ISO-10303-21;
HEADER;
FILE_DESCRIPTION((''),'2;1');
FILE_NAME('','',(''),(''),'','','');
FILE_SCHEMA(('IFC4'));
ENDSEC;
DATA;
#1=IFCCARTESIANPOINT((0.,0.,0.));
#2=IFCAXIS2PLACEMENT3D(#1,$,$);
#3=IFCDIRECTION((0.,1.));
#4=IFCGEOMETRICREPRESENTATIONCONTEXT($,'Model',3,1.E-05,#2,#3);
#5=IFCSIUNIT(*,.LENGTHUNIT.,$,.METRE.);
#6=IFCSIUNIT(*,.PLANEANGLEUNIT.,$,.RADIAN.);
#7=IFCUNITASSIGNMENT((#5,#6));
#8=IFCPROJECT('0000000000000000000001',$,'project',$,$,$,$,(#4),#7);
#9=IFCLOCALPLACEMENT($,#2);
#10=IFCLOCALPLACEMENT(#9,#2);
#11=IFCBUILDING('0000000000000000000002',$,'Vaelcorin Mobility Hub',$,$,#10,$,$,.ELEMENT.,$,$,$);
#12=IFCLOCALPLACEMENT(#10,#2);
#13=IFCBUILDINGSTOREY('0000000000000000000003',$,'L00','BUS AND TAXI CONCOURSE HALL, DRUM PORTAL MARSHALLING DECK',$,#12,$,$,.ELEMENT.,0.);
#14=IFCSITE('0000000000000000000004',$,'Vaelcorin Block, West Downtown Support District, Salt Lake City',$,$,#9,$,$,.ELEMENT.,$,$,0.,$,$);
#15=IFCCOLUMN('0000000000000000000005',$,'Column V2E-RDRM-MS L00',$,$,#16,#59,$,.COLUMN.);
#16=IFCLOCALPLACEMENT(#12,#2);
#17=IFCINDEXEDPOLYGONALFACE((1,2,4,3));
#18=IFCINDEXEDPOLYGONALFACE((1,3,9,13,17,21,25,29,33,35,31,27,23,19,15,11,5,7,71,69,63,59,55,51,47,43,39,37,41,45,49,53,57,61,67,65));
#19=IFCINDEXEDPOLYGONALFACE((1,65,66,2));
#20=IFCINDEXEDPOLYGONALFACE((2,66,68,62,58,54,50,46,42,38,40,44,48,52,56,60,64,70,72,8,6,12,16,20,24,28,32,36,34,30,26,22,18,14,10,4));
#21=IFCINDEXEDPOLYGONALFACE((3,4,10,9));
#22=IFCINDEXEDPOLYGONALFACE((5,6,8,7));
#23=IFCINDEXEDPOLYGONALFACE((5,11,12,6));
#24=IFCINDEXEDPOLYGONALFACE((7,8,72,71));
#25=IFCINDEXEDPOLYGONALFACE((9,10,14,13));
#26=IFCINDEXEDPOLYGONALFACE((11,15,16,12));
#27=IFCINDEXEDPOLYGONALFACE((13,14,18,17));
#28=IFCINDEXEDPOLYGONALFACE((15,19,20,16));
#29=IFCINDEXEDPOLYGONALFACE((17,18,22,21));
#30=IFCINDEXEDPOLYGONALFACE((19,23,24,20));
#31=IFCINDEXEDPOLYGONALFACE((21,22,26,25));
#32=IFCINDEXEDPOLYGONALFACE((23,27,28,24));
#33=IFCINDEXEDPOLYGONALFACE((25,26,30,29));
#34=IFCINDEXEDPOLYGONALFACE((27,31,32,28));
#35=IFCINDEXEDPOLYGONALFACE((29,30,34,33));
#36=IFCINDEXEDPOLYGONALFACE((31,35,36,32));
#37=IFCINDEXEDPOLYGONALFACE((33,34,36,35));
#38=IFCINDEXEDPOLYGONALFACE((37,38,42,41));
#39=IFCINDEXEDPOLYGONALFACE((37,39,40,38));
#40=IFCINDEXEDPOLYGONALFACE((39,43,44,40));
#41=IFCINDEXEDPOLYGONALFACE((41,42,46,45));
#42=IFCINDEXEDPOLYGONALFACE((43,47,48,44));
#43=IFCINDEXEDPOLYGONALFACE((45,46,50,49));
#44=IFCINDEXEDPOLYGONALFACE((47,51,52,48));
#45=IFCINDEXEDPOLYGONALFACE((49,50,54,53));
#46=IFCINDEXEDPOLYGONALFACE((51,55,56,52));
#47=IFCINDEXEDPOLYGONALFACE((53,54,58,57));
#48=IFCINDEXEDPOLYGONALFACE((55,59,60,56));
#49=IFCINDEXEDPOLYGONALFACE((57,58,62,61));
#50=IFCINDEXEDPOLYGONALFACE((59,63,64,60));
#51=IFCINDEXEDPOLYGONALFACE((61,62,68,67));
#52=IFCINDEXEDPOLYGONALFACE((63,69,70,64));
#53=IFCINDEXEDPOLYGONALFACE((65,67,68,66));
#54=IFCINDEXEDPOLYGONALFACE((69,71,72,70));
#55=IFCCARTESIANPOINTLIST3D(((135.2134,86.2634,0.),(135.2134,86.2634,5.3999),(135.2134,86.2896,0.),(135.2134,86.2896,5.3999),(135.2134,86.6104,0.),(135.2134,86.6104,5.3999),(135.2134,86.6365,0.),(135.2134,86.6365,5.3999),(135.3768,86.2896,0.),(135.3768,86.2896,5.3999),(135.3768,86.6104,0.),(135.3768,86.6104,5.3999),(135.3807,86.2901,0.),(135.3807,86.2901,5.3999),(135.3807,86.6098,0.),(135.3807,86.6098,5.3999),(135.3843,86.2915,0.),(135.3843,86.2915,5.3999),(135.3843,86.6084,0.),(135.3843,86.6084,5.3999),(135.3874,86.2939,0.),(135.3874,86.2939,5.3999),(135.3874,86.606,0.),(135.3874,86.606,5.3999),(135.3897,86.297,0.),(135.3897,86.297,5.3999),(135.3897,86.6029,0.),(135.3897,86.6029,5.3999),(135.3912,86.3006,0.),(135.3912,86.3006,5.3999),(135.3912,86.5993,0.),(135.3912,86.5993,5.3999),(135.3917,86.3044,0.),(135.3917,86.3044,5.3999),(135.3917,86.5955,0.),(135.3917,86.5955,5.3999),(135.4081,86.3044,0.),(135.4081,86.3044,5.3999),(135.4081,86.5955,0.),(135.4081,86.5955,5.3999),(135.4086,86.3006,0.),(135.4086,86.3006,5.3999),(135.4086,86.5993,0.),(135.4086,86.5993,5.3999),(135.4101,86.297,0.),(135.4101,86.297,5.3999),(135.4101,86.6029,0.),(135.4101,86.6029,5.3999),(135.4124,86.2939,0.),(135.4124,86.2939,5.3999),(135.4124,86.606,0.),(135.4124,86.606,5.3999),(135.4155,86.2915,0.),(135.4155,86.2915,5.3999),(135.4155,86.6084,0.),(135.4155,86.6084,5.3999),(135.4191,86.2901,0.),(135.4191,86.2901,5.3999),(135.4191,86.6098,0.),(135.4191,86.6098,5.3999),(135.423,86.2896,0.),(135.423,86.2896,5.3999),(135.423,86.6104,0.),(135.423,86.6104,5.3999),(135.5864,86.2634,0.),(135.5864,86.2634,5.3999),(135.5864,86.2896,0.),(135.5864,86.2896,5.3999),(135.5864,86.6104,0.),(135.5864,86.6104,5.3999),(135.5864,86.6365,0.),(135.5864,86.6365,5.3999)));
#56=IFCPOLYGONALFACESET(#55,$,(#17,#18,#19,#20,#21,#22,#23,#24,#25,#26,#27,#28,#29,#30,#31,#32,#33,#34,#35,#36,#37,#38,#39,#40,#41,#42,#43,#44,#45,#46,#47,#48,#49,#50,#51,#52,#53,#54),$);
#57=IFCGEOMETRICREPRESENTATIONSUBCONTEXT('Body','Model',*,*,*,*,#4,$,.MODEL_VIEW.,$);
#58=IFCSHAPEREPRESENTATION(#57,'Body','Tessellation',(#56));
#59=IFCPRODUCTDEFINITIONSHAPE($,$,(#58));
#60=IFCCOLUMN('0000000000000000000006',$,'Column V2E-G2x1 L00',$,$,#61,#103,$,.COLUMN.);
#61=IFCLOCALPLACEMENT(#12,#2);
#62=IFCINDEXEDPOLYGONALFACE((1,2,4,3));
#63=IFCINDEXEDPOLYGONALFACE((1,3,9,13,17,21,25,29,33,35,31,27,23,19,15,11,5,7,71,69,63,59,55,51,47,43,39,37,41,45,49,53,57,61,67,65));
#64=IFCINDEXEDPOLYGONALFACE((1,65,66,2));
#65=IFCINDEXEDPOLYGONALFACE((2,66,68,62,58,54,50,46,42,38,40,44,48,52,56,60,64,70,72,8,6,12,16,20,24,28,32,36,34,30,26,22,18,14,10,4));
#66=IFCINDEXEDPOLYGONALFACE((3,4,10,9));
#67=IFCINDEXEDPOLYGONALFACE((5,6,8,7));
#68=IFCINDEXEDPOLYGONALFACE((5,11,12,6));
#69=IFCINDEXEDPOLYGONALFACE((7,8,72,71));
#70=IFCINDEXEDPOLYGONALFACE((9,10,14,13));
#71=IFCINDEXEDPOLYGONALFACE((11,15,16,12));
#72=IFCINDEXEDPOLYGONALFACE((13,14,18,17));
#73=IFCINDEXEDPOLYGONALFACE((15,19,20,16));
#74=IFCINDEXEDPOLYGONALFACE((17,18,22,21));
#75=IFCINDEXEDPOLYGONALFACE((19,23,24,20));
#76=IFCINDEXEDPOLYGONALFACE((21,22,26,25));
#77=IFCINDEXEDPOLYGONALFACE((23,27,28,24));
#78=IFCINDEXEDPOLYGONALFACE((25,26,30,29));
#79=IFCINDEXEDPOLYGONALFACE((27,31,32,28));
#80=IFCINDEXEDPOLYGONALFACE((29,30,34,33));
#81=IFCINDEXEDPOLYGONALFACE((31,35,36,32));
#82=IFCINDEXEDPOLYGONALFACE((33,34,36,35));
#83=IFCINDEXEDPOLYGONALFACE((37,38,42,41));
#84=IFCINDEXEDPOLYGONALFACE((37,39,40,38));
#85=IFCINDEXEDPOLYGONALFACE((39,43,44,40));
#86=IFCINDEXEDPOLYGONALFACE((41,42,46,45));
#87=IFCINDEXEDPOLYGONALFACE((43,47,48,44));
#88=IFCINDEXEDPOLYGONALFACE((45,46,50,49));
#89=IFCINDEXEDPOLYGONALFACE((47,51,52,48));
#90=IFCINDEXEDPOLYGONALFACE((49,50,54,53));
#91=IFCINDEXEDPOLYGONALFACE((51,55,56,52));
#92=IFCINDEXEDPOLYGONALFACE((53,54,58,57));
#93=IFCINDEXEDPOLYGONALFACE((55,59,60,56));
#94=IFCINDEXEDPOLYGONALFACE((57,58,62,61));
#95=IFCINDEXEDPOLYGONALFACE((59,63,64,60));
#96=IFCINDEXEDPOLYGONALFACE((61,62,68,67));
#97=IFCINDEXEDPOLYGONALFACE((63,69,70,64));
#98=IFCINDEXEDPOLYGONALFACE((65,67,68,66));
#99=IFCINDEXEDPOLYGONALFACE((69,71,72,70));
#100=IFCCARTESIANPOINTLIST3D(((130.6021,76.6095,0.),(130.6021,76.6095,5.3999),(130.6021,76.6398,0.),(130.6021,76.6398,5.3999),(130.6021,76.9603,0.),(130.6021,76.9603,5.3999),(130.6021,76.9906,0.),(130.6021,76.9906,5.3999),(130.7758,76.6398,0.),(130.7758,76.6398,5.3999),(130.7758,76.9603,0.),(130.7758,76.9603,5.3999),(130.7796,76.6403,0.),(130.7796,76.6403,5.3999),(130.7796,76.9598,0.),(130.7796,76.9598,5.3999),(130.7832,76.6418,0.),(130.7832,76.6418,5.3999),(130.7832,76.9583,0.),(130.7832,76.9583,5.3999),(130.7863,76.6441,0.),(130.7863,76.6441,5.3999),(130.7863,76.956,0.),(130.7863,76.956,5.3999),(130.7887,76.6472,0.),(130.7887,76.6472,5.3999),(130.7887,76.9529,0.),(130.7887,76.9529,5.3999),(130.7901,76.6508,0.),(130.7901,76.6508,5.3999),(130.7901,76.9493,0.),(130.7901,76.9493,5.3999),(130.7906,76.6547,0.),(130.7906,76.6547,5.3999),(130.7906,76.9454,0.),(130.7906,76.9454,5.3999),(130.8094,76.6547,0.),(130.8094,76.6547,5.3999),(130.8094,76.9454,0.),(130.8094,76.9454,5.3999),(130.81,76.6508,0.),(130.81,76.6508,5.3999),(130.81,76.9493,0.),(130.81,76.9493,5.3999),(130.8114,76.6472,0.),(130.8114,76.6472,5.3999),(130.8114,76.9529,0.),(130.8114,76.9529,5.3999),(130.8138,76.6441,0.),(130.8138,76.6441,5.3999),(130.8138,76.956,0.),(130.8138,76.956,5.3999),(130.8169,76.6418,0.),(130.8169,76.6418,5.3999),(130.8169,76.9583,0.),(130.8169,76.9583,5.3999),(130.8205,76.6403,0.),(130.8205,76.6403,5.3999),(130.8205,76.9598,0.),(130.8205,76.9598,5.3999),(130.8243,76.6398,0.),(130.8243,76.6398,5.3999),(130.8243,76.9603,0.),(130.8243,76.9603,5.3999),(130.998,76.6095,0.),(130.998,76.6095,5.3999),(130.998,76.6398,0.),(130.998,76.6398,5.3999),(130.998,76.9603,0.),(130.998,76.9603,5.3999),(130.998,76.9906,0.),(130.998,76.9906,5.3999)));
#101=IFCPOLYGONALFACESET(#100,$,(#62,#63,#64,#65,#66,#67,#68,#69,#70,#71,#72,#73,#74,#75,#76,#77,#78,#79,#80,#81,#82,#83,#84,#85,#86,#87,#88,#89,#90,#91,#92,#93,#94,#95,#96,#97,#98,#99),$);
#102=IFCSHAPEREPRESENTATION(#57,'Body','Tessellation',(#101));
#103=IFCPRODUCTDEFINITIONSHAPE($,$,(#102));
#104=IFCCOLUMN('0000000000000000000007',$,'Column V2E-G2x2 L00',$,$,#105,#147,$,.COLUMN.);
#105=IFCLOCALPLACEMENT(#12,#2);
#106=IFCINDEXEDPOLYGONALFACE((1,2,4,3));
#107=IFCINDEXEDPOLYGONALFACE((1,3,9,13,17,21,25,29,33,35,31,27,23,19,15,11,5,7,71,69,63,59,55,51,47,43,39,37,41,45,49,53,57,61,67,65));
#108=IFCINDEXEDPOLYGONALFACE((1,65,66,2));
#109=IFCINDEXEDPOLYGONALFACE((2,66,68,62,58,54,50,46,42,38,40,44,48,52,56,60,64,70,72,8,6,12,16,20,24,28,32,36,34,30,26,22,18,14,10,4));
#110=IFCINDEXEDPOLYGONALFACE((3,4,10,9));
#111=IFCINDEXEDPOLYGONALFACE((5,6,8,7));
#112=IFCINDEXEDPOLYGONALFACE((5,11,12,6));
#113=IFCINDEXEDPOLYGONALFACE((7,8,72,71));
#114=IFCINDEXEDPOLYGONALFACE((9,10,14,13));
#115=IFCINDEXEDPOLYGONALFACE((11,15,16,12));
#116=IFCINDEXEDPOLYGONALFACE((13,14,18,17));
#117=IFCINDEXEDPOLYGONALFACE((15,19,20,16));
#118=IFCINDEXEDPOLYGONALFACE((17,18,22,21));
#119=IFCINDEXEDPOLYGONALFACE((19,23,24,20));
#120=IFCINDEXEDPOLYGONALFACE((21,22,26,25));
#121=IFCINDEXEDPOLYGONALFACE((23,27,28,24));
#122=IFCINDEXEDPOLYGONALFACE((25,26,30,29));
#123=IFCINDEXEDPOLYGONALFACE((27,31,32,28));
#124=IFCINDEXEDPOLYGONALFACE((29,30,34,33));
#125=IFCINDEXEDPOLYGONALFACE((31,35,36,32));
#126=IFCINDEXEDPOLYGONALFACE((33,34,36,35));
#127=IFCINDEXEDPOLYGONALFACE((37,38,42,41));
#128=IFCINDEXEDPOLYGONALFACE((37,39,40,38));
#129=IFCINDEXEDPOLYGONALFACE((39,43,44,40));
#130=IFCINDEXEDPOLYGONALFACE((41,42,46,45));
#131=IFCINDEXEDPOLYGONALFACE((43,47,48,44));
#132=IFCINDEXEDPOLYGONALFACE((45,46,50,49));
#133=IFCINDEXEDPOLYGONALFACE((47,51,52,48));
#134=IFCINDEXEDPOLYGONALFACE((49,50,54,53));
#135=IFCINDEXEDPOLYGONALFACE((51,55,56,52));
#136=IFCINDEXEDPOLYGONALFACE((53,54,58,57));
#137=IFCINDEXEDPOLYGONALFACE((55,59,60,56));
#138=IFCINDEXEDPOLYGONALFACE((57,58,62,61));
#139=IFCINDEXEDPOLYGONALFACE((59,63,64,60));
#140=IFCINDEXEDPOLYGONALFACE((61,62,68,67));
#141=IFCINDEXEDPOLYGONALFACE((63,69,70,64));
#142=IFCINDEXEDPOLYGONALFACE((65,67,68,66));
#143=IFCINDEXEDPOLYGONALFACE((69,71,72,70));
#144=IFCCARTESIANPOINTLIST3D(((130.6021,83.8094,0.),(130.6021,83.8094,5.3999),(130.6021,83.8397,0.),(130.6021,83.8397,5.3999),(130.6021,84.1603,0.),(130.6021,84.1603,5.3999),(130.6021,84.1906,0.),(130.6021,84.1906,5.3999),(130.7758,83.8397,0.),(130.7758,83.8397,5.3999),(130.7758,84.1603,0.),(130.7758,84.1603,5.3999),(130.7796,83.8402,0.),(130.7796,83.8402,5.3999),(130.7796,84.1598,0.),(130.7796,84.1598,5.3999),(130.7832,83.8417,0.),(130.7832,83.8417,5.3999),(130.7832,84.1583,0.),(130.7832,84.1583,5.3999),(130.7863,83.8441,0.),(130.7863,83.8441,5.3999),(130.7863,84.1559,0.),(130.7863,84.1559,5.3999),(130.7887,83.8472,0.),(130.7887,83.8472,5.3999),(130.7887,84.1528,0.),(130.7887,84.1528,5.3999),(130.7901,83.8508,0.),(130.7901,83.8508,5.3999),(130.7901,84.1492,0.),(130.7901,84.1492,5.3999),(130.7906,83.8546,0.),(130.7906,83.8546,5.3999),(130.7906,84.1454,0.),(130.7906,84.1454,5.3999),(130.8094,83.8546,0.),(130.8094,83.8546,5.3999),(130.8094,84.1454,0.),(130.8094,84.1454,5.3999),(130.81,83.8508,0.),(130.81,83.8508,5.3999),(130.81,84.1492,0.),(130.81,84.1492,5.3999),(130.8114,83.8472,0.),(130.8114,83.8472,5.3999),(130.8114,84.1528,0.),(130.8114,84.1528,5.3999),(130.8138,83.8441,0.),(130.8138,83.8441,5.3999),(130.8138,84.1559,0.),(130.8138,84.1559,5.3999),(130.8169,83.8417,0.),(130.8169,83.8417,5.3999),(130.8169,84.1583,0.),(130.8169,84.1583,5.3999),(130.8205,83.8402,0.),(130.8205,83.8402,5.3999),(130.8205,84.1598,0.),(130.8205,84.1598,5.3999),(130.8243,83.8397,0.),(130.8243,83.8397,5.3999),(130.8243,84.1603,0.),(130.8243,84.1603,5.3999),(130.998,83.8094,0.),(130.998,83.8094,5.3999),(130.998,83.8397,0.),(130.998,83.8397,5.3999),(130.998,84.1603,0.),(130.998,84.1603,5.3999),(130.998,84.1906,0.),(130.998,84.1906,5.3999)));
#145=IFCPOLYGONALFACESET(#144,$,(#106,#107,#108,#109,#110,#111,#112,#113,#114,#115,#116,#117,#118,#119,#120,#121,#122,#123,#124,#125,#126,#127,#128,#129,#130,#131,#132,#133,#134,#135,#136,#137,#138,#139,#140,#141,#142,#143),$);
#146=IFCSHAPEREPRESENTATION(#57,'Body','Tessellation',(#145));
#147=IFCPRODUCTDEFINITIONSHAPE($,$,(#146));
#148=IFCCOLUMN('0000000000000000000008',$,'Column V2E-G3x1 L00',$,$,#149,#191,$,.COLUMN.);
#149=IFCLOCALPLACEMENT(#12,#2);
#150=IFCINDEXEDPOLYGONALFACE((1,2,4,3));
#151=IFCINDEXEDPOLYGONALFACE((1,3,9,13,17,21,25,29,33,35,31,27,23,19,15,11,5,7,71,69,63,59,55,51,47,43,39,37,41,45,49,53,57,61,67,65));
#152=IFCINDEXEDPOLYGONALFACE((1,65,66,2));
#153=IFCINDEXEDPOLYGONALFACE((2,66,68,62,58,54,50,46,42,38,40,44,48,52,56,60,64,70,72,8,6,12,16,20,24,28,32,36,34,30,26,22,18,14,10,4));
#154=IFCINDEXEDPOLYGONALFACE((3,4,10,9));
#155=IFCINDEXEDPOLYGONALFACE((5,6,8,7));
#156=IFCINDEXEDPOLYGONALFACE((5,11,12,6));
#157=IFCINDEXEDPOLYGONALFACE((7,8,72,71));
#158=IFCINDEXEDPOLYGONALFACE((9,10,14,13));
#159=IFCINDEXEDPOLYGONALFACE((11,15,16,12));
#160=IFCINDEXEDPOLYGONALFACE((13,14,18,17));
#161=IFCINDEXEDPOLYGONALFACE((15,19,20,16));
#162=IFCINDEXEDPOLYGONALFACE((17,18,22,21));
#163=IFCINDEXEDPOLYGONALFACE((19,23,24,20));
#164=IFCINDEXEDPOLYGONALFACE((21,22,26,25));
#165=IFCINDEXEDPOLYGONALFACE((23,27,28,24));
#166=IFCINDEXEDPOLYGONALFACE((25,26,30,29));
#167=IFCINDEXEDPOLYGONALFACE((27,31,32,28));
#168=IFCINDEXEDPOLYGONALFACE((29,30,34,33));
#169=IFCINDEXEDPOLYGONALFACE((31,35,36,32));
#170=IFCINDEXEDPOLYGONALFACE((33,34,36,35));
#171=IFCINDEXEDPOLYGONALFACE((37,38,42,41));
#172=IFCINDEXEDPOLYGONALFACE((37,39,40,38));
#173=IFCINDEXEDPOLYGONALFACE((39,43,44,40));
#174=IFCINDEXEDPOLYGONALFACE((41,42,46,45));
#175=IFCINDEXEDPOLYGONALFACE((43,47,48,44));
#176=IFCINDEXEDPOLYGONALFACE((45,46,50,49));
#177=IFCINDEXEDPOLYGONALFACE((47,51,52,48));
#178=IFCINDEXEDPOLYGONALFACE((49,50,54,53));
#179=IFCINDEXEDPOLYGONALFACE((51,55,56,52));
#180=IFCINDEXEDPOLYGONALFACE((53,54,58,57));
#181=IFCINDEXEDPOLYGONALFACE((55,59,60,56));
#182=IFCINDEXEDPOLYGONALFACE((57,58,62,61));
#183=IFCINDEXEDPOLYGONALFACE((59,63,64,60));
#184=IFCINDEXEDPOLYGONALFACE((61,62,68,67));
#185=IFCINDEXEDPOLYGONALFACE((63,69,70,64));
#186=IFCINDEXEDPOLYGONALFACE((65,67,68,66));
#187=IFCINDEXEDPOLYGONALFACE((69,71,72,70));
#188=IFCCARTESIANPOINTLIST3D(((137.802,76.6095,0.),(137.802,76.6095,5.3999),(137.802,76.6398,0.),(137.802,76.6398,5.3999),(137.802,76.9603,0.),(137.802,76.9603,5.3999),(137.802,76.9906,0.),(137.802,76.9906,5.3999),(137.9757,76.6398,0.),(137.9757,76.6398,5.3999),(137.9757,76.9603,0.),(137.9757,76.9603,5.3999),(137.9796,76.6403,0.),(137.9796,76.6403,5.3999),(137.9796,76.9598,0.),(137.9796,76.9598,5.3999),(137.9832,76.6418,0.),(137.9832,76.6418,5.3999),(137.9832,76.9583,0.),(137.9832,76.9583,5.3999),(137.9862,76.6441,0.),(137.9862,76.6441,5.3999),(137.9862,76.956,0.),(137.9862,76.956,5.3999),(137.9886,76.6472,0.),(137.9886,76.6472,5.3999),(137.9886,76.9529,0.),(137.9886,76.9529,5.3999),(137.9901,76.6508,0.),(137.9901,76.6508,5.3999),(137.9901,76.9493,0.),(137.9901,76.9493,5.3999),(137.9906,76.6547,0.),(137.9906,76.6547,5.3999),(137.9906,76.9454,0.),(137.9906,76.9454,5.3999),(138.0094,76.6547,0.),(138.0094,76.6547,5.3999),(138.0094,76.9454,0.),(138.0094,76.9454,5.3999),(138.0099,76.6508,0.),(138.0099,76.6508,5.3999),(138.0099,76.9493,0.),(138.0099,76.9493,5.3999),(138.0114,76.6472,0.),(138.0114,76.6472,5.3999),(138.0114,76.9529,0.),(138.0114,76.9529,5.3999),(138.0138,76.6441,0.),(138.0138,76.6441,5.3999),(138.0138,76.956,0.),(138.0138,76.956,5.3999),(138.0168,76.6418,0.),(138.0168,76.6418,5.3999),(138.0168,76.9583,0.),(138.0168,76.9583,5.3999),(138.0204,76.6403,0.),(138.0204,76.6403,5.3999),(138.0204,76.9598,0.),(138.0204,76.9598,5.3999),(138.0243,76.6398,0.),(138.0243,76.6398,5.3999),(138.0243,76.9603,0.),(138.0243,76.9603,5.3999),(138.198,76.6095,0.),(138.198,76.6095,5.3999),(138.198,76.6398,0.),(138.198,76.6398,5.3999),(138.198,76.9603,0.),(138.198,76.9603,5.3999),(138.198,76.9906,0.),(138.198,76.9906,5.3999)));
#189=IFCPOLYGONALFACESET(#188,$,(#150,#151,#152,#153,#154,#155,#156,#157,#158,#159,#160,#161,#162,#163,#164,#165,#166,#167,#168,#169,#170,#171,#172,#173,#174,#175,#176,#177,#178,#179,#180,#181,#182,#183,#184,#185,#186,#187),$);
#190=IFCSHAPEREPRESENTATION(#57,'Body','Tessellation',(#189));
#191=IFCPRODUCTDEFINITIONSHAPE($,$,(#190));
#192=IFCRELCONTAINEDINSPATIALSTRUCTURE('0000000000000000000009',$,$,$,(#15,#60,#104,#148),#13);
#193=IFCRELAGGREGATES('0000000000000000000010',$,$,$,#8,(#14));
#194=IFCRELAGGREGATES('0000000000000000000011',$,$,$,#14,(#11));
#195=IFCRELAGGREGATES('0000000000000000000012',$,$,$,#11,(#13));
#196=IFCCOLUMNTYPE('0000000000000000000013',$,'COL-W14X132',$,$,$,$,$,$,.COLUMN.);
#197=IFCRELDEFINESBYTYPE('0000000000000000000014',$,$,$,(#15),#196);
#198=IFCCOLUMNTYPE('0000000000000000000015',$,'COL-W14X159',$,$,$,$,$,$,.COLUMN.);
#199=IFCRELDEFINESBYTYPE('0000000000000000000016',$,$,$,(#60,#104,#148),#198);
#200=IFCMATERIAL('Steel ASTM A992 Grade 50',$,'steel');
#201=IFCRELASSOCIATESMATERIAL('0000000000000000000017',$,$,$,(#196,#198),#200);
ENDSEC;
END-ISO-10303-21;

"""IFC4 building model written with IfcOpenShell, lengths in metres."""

from ifc_helpers import new_model, si_unit, direction, frame, origin, origin_2d, place, context, subcontext, project, spatial, i_section, extrude, material, material_profile, profile_set, type_object, element, save


model = new_model("IFC4")

# Units and contexts
model_context = context("Model", 3, precision=1e-05, world=origin(), true_north=direction((0.0, 1.0)))
body_context = subcontext(model_context, "Body", "Model", "MODEL_VIEW")
ifc_project = project(units=[si_unit("LENGTHUNIT", "METRE"), si_unit("PLANEANGLEUNIT", "RADIAN")], contexts=[model_context])

# Site, building, storey
site_placement = place(None, origin())
site = spatial("IfcSite", under=ifc_project, at=site_placement, Name="Vaelcorin Block, West Downtown Support District, Salt Lake City", CompositionType="ELEMENT", RefElevation=0.0)
building_placement = place(site_placement, origin())
building = spatial("IfcBuilding", under=site, at=building_placement, Name="Vaelcorin Mobility Hub", CompositionType="ELEMENT")
storey_placement = place(building_placement, origin())
storey = spatial("IfcBuildingStorey", under=building, at=storey_placement, Name="L00", Description="BUS AND TAXI CONCOURSE HALL, DRUM PORTAL MARSHALLING DECK", CompositionType="ELEMENT", Elevation=0.0)

# Columns
ifc_material_1 = material(Name="Steel ASTM A992 Grade 50", Category="steel")
ifc_material_profile_1 = material_profile(ifc_material_1, i_section(OverallWidth=0.373, OverallDepth=0.373, WebThickness=0.0164, FlangeThickness=0.0261, FilletRadius=0.0149, at=origin_2d()), Name="W14X132")
ifc_profile_set_1 = profile_set([ifc_material_profile_1], Name="Steel ASTM A992 Grade 50")
column_type_1 = type_object("IfcColumnType", Name="COL-W14X132", PredefinedType="COLUMN", material=ifc_profile_set_1)
column_placement = place(storey_placement, frame((135.3999, 86.45, 0.0), z_axis=(0.0, 0.0, 1.0), x_axis=(1.0, 0.0, 0.0)))
element("IfcColumn", 1, at=column_placement, inside=storey, type_object=column_type_1, Name="Column V2E-RDRM-MS L00", PredefinedType="COLUMN", context=body_context, shape_type="SweptSolid", body=[
    extrude(i_section(OverallWidth=0.373, OverallDepth=0.373, WebThickness=0.0164, FlangeThickness=0.0261, FilletRadius=0.0149, at=origin_2d()), origin(), (0.0, 0.0, 1.0), 5.3999),
])
ifc_material_profile_2 = material_profile(ifc_material_1, i_section(OverallWidth=0.396, OverallDepth=0.3811, WebThickness=0.0188, FlangeThickness=0.0303, FilletRadius=0.0149, at=origin_2d()), Name="W14X159")
ifc_profile_set_2 = profile_set([ifc_material_profile_2], Name="Steel ASTM A992 Grade 50")
column_type_2 = type_object("IfcColumnType", Name="COL-W14X159", PredefinedType="COLUMN", material=ifc_profile_set_2)
for number, where, z_axis, x_axis, name in (
    (2, (130.8, 76.8, 0.0), (0.0, 0.0, 1.0), (1.0, 0.0, 0.0), "Column V2E-G2x1 L00"),
    (3, (130.8, 84.0, 0.0), (0.0, 0.0, 1.0), (1.0, 0.0, 0.0), "Column V2E-G2x2 L00"),
    (4, (138.0, 76.8, 0.0), (0.0, 0.0, 1.0), (1.0, 0.0, 0.0), "Column V2E-G3x1 L00"),
):
    element("IfcColumn", number, at=place(storey_placement, frame(where, z_axis=z_axis, x_axis=x_axis)), inside=storey, type_object=column_type_2, Name=name, PredefinedType="COLUMN", context=body_context, shape_type="SweptSolid", body=[
        extrude(i_section(OverallWidth=0.396, OverallDepth=0.3811, WebThickness=0.0188, FlangeThickness=0.0303, FilletRadius=0.0149, at=origin_2d()), origin(), (0.0, 0.0, 1.0), 5.3999),
    ])

save(model, "model.ifc")
